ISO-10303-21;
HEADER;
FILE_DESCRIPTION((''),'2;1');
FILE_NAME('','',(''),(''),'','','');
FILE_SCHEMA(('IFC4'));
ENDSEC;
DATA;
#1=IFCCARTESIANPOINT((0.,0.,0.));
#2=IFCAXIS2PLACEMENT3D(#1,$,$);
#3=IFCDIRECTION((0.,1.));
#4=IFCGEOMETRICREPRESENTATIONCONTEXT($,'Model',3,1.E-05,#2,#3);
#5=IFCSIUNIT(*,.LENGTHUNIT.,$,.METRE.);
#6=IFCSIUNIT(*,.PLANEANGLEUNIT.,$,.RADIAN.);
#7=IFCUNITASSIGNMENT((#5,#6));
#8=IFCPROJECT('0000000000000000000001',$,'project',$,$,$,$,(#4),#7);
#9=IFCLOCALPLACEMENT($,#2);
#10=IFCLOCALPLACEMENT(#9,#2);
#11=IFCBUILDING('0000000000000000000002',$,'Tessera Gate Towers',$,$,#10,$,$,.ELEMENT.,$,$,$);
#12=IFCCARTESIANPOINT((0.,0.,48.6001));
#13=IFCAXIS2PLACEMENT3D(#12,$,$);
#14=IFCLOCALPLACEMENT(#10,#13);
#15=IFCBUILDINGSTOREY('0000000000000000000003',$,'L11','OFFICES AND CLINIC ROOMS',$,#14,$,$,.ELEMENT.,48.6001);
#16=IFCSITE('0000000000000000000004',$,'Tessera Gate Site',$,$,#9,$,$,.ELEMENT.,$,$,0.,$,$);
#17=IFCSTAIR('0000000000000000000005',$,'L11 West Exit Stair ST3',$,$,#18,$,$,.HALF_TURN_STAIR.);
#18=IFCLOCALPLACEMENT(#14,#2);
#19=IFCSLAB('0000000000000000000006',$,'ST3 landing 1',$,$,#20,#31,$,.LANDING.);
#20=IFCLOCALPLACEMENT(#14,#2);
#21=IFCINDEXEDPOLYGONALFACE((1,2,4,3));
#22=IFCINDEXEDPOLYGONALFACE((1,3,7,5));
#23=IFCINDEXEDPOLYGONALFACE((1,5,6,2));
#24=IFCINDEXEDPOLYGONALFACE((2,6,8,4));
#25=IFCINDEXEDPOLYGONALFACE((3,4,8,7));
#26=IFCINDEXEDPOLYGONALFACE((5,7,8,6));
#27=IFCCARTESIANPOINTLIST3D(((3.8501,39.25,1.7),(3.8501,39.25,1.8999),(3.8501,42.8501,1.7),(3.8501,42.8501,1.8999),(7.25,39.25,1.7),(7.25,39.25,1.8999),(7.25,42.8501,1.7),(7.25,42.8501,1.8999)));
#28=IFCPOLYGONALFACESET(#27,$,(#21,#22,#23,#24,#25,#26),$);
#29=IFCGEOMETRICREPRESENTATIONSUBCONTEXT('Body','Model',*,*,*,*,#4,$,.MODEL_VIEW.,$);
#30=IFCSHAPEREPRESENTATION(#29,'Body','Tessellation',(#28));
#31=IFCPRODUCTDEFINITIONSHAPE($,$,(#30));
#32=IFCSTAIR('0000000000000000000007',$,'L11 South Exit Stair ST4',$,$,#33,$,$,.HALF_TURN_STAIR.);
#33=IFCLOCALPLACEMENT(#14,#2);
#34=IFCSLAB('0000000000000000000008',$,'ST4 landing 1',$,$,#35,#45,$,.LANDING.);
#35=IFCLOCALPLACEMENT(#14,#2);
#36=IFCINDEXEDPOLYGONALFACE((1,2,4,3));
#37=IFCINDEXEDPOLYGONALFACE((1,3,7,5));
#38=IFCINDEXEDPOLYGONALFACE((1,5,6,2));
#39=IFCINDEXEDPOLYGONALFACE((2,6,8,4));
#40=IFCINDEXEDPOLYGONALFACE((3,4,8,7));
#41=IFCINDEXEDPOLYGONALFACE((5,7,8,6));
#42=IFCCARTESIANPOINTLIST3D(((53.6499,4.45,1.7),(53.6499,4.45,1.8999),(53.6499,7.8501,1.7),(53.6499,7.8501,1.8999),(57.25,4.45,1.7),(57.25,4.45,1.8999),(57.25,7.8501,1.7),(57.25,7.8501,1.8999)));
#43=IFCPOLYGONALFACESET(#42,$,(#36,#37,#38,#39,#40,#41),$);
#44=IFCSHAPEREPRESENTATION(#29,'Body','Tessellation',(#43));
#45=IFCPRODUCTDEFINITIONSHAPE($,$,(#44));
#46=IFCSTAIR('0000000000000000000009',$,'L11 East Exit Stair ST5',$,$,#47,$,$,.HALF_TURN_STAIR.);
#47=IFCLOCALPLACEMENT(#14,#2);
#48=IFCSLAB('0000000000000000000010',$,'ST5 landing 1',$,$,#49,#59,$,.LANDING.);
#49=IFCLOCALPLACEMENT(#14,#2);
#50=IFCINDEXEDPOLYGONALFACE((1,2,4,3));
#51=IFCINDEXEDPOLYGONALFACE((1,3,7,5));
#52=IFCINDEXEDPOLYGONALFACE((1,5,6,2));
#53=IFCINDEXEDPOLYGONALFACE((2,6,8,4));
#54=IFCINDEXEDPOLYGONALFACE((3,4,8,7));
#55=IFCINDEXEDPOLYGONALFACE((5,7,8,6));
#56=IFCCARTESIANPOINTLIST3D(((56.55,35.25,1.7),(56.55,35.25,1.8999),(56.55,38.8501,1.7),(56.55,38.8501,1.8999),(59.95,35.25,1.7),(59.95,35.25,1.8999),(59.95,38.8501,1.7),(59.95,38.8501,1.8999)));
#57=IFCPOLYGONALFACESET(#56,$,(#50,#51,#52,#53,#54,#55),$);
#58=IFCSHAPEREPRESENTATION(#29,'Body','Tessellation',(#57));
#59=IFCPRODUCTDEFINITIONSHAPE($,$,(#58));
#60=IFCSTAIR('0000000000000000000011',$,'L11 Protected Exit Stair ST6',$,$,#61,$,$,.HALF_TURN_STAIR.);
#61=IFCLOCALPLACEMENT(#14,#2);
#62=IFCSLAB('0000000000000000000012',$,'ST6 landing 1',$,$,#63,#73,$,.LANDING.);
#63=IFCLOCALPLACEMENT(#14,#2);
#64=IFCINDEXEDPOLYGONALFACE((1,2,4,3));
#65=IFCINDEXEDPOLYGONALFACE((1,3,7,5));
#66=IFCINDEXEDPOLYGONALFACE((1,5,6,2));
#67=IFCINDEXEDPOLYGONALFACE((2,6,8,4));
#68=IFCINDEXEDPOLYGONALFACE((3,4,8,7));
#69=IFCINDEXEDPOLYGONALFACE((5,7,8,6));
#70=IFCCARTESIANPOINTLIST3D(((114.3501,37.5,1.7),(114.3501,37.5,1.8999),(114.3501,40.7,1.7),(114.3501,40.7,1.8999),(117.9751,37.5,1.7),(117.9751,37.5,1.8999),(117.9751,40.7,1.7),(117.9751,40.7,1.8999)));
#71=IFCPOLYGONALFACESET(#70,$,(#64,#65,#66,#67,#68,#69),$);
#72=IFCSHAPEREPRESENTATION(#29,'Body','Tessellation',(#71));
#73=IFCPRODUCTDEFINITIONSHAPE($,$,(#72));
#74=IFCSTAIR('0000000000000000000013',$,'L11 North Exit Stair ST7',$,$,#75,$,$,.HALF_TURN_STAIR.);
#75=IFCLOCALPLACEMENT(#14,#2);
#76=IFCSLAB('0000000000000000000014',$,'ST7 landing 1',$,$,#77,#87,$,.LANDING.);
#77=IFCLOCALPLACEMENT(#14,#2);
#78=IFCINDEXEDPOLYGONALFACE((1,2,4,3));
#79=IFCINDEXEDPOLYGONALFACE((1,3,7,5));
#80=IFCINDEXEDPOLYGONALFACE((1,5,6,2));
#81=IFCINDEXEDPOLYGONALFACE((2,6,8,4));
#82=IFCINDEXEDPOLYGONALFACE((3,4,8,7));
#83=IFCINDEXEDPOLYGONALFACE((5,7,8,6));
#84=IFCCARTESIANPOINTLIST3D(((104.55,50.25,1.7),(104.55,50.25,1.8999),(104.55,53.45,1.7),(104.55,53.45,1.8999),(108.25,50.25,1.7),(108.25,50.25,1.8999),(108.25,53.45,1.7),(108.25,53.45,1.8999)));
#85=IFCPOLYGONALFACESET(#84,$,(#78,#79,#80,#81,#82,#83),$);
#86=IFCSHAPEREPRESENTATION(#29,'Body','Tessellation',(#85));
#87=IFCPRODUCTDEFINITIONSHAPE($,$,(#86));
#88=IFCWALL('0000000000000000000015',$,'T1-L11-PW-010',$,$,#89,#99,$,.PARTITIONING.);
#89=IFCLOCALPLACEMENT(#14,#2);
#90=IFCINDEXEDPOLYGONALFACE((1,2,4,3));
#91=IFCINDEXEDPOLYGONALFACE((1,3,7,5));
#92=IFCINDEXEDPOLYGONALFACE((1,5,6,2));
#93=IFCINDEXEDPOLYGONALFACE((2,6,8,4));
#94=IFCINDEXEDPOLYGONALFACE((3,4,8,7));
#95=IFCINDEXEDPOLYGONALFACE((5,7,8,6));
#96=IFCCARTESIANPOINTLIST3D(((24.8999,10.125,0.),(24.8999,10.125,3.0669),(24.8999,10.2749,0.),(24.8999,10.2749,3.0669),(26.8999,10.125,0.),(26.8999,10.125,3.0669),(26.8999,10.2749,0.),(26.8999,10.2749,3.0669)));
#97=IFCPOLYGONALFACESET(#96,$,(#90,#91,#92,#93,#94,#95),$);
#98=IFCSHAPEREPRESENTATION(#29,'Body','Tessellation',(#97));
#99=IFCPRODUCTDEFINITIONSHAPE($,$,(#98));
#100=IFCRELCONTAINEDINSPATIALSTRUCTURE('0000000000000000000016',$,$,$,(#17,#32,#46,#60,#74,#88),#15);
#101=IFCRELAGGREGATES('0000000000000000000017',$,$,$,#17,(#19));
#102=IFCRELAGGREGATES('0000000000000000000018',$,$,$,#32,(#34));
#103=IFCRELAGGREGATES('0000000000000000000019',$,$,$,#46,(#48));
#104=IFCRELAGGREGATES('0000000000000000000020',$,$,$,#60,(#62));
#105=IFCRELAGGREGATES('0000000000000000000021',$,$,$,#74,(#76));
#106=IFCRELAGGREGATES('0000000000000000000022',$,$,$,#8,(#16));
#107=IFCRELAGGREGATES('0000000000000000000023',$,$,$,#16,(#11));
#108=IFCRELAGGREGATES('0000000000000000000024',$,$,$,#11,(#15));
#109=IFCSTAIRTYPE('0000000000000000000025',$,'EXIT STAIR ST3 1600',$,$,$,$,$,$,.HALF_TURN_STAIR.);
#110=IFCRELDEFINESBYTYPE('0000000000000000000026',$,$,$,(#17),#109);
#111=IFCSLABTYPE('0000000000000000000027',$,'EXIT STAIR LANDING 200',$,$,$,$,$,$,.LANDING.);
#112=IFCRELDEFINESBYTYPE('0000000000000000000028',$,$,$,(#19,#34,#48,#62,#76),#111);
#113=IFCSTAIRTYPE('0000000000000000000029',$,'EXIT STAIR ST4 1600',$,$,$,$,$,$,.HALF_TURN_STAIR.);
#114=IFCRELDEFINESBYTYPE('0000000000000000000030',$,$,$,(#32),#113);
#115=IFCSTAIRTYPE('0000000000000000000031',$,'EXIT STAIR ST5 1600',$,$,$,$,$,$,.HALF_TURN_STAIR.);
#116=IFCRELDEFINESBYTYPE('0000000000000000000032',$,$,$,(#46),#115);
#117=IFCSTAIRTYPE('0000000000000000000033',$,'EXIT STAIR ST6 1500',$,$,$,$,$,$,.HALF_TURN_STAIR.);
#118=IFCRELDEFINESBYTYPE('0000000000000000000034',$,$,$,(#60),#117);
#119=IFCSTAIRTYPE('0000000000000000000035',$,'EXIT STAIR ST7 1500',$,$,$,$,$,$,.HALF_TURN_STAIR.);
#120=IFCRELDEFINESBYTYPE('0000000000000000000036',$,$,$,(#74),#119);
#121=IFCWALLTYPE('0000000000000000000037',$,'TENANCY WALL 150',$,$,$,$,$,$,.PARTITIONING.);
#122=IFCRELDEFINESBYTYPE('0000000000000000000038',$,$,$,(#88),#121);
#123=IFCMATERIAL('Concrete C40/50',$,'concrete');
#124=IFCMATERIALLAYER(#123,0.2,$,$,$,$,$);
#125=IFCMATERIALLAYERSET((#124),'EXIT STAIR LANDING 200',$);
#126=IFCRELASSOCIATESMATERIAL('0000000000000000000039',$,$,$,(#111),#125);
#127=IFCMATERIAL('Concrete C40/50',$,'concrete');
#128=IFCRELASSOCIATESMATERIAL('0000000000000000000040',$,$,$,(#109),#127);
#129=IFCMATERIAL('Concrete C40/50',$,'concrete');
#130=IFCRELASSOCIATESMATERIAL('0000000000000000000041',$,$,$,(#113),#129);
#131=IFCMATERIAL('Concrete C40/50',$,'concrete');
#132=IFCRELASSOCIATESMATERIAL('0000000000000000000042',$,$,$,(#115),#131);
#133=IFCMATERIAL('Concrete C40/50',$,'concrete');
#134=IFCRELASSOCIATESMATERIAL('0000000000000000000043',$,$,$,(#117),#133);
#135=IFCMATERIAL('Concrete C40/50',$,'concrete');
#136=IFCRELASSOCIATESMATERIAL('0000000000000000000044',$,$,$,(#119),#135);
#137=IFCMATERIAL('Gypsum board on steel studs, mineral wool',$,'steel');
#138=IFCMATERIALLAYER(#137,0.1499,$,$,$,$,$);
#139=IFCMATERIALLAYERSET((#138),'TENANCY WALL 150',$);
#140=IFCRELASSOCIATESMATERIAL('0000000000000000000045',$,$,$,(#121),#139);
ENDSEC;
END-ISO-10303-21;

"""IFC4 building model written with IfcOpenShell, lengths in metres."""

from ifc_helpers import new_model, si_unit, direction, frame, frame_2d, origin, place, context, subcontext, project, spatial, polyline, rectangle, outline, extrude, material, layer, layer_set, type_object, element, aggregate, save


model = new_model("IFC4")

# Units and contexts
model_context = context("Model", 3, precision=1e-05, world=origin(), true_north=direction((0.0, 1.0)))
body_context = subcontext(model_context, "Body", "Model", "MODEL_VIEW")
ifc_project = project(units=[si_unit("LENGTHUNIT", "METRE"), si_unit("PLANEANGLEUNIT", "RADIAN")], contexts=[model_context])

# Site, building, storey
site_placement = place(None, origin())
site = spatial("IfcSite", under=ifc_project, at=site_placement, Name="Tessera Gate Site", CompositionType="ELEMENT", RefElevation=0.0)
building_placement = place(site_placement, origin())
building = spatial("IfcBuilding", under=site, at=building_placement, Name="Tessera Gate Towers", CompositionType="ELEMENT")
storey_placement = place(building_placement, frame((0.0, 0.0, 48.6001)))
storey = spatial("IfcBuildingStorey", under=building, at=storey_placement, Name="L11", Description="OFFICES AND CLINIC ROOMS", CompositionType="ELEMENT", Elevation=48.6001)

# Stairs, slabs
ifc_material_1 = material(Name="Concrete C40/50", Category="concrete")
ifc_layer_1 = layer(ifc_material_1, 0.2)
ifc_layer_set_1 = layer_set([ifc_layer_1], Name="EXIT STAIR LANDING 200")
slab_type_1 = type_object("IfcSlabType", Name="EXIT STAIR LANDING 200", PredefinedType="LANDING", material=ifc_layer_set_1)
ifc_material_2 = material(Name="Concrete C40/50", Category="concrete")
stair_type_1 = type_object("IfcStairType", Name="EXIT STAIR ST3 1600", PredefinedType="HALF_TURN_STAIR", material=ifc_material_2)
stair_1_placement = place(storey_placement, origin())
stair_1 = element("IfcStair", 1, at=stair_1_placement, inside=storey, type_object=stair_type_1, Name="L11 West Exit Stair ST3", PredefinedType="HALF_TURN_STAIR")
slab_1_placement = place(storey_placement, frame((0.0, 0.0, 1.7)))
slab_1 = element("IfcSlab", 2, at=slab_1_placement, type_object=slab_type_1, Name="ST3 landing 1", PredefinedType="LANDING", context=body_context, shape_type="SweptSolid", body=[
    extrude(outline(polyline([(3.8501, 42.8501), (3.8501, 39.25), (7.25, 39.25), (7.25, 42.8501), (3.8501, 42.8501)])), origin(), (0.0, 0.0, 1.0), 0.2),
])
aggregate(stair_1, [slab_1])
ifc_material_3 = material(Name="Concrete C40/50", Category="concrete")
stair_type_2 = type_object("IfcStairType", Name="EXIT STAIR ST4 1600", PredefinedType="HALF_TURN_STAIR", material=ifc_material_3)
stair_2_placement = place(storey_placement, origin())
stair_2 = element("IfcStair", 3, at=stair_2_placement, inside=storey, type_object=stair_type_2, Name="L11 South Exit Stair ST4", PredefinedType="HALF_TURN_STAIR")
slab_2_placement = place(storey_placement, frame((0.0, 0.0, 1.7)))
slab_2 = element("IfcSlab", 4, at=slab_2_placement, type_object=slab_type_1, Name="ST4 landing 1", PredefinedType="LANDING", context=body_context, shape_type="SweptSolid", body=[
    extrude(outline(polyline([(53.6499, 4.45), (57.25, 4.45), (57.25, 7.8501), (53.6499, 7.8501), (53.6499, 4.45)])), origin(), (0.0, 0.0, 1.0), 0.2),
])
aggregate(stair_2, [slab_2])
ifc_material_4 = material(Name="Concrete C40/50", Category="concrete")
stair_type_3 = type_object("IfcStairType", Name="EXIT STAIR ST5 1600", PredefinedType="HALF_TURN_STAIR", material=ifc_material_4)
stair_3_placement = place(storey_placement, origin())
stair_3 = element("IfcStair", 5, at=stair_3_placement, inside=storey, type_object=stair_type_3, Name="L11 East Exit Stair ST5", PredefinedType="HALF_TURN_STAIR")
slab_3_placement = place(storey_placement, frame((0.0, 0.0, 1.7)))
slab_3 = element("IfcSlab", 6, at=slab_3_placement, type_object=slab_type_1, Name="ST5 landing 1", PredefinedType="LANDING", context=body_context, shape_type="SweptSolid", body=[
    extrude(outline(polyline([(59.95, 35.25), (59.95, 38.8501), (56.55, 38.8501), (56.55, 35.25), (59.95, 35.25)])), origin(), (0.0, 0.0, 1.0), 0.2),
])
aggregate(stair_3, [slab_3])
ifc_material_5 = material(Name="Concrete C40/50", Category="concrete")
stair_type_4 = type_object("IfcStairType", Name="EXIT STAIR ST6 1500", PredefinedType="HALF_TURN_STAIR", material=ifc_material_5)
stair_4_placement = place(storey_placement, origin())
stair_4 = element("IfcStair", 7, at=stair_4_placement, inside=storey, type_object=stair_type_4, Name="L11 Protected Exit Stair ST6", PredefinedType="HALF_TURN_STAIR")
slab_4_placement = place(storey_placement, frame((0.0, 0.0, 1.7)))
slab_4 = element("IfcSlab", 8, at=slab_4_placement, type_object=slab_type_1, Name="ST6 landing 1", PredefinedType="LANDING", context=body_context, shape_type="SweptSolid", body=[
    extrude(outline(polyline([(114.3501, 37.5), (117.9751, 37.5), (117.9751, 40.7), (114.3501, 40.7), (114.3501, 37.5)])), origin(), (0.0, 0.0, 1.0), 0.2),
])
aggregate(stair_4, [slab_4])
ifc_material_6 = material(Name="Concrete C40/50", Category="concrete")
stair_type_5 = type_object("IfcStairType", Name="EXIT STAIR ST7 1500", PredefinedType="HALF_TURN_STAIR", material=ifc_material_6)
stair_5_placement = place(storey_placement, origin())
stair_5 = element("IfcStair", 9, at=stair_5_placement, inside=storey, type_object=stair_type_5, Name="L11 North Exit Stair ST7", PredefinedType="HALF_TURN_STAIR")
slab_5_placement = place(storey_placement, frame((0.0, 0.0, 1.7)))
slab_5 = element("IfcSlab", 10, at=slab_5_placement, type_object=slab_type_1, Name="ST7 landing 1", PredefinedType="LANDING", context=body_context, shape_type="SweptSolid", body=[
    extrude(outline(polyline([(104.55, 50.25), (108.25, 50.25), (108.25, 53.45), (104.55, 53.45), (104.55, 50.25)])), origin(), (0.0, 0.0, 1.0), 0.2),
])
aggregate(stair_5, [slab_5])

# Wall
ifc_material_7 = material(Name="Gypsum board on steel studs, mineral wool", Category="steel")
ifc_layer_2 = layer(ifc_material_7, 0.1499)
ifc_layer_set_2 = layer_set([ifc_layer_2], Name="TENANCY WALL 150")
wall_type = type_object("IfcWallType", Name="TENANCY WALL 150", PredefinedType="PARTITIONING", material=ifc_layer_set_2)
wall_placement = place(storey_placement, frame((24.8999, 10.2, 0.0), z_axis=(0.0, 0.0, 1.0), x_axis=(1.0, 0.0, 0.0)))
element("IfcWall", 11, at=wall_placement, inside=storey, type_object=wall_type, Name="T1-L11-PW-010", PredefinedType="PARTITIONING", context=body_context, shape_type="SweptSolid", body=[
    extrude(rectangle(XDim=2.0, YDim=0.1499, at=frame_2d((1.0, 0.0))), origin(), (0.0, 0.0, 1.0), 3.0669),
])

save(model, "model.ifc")
